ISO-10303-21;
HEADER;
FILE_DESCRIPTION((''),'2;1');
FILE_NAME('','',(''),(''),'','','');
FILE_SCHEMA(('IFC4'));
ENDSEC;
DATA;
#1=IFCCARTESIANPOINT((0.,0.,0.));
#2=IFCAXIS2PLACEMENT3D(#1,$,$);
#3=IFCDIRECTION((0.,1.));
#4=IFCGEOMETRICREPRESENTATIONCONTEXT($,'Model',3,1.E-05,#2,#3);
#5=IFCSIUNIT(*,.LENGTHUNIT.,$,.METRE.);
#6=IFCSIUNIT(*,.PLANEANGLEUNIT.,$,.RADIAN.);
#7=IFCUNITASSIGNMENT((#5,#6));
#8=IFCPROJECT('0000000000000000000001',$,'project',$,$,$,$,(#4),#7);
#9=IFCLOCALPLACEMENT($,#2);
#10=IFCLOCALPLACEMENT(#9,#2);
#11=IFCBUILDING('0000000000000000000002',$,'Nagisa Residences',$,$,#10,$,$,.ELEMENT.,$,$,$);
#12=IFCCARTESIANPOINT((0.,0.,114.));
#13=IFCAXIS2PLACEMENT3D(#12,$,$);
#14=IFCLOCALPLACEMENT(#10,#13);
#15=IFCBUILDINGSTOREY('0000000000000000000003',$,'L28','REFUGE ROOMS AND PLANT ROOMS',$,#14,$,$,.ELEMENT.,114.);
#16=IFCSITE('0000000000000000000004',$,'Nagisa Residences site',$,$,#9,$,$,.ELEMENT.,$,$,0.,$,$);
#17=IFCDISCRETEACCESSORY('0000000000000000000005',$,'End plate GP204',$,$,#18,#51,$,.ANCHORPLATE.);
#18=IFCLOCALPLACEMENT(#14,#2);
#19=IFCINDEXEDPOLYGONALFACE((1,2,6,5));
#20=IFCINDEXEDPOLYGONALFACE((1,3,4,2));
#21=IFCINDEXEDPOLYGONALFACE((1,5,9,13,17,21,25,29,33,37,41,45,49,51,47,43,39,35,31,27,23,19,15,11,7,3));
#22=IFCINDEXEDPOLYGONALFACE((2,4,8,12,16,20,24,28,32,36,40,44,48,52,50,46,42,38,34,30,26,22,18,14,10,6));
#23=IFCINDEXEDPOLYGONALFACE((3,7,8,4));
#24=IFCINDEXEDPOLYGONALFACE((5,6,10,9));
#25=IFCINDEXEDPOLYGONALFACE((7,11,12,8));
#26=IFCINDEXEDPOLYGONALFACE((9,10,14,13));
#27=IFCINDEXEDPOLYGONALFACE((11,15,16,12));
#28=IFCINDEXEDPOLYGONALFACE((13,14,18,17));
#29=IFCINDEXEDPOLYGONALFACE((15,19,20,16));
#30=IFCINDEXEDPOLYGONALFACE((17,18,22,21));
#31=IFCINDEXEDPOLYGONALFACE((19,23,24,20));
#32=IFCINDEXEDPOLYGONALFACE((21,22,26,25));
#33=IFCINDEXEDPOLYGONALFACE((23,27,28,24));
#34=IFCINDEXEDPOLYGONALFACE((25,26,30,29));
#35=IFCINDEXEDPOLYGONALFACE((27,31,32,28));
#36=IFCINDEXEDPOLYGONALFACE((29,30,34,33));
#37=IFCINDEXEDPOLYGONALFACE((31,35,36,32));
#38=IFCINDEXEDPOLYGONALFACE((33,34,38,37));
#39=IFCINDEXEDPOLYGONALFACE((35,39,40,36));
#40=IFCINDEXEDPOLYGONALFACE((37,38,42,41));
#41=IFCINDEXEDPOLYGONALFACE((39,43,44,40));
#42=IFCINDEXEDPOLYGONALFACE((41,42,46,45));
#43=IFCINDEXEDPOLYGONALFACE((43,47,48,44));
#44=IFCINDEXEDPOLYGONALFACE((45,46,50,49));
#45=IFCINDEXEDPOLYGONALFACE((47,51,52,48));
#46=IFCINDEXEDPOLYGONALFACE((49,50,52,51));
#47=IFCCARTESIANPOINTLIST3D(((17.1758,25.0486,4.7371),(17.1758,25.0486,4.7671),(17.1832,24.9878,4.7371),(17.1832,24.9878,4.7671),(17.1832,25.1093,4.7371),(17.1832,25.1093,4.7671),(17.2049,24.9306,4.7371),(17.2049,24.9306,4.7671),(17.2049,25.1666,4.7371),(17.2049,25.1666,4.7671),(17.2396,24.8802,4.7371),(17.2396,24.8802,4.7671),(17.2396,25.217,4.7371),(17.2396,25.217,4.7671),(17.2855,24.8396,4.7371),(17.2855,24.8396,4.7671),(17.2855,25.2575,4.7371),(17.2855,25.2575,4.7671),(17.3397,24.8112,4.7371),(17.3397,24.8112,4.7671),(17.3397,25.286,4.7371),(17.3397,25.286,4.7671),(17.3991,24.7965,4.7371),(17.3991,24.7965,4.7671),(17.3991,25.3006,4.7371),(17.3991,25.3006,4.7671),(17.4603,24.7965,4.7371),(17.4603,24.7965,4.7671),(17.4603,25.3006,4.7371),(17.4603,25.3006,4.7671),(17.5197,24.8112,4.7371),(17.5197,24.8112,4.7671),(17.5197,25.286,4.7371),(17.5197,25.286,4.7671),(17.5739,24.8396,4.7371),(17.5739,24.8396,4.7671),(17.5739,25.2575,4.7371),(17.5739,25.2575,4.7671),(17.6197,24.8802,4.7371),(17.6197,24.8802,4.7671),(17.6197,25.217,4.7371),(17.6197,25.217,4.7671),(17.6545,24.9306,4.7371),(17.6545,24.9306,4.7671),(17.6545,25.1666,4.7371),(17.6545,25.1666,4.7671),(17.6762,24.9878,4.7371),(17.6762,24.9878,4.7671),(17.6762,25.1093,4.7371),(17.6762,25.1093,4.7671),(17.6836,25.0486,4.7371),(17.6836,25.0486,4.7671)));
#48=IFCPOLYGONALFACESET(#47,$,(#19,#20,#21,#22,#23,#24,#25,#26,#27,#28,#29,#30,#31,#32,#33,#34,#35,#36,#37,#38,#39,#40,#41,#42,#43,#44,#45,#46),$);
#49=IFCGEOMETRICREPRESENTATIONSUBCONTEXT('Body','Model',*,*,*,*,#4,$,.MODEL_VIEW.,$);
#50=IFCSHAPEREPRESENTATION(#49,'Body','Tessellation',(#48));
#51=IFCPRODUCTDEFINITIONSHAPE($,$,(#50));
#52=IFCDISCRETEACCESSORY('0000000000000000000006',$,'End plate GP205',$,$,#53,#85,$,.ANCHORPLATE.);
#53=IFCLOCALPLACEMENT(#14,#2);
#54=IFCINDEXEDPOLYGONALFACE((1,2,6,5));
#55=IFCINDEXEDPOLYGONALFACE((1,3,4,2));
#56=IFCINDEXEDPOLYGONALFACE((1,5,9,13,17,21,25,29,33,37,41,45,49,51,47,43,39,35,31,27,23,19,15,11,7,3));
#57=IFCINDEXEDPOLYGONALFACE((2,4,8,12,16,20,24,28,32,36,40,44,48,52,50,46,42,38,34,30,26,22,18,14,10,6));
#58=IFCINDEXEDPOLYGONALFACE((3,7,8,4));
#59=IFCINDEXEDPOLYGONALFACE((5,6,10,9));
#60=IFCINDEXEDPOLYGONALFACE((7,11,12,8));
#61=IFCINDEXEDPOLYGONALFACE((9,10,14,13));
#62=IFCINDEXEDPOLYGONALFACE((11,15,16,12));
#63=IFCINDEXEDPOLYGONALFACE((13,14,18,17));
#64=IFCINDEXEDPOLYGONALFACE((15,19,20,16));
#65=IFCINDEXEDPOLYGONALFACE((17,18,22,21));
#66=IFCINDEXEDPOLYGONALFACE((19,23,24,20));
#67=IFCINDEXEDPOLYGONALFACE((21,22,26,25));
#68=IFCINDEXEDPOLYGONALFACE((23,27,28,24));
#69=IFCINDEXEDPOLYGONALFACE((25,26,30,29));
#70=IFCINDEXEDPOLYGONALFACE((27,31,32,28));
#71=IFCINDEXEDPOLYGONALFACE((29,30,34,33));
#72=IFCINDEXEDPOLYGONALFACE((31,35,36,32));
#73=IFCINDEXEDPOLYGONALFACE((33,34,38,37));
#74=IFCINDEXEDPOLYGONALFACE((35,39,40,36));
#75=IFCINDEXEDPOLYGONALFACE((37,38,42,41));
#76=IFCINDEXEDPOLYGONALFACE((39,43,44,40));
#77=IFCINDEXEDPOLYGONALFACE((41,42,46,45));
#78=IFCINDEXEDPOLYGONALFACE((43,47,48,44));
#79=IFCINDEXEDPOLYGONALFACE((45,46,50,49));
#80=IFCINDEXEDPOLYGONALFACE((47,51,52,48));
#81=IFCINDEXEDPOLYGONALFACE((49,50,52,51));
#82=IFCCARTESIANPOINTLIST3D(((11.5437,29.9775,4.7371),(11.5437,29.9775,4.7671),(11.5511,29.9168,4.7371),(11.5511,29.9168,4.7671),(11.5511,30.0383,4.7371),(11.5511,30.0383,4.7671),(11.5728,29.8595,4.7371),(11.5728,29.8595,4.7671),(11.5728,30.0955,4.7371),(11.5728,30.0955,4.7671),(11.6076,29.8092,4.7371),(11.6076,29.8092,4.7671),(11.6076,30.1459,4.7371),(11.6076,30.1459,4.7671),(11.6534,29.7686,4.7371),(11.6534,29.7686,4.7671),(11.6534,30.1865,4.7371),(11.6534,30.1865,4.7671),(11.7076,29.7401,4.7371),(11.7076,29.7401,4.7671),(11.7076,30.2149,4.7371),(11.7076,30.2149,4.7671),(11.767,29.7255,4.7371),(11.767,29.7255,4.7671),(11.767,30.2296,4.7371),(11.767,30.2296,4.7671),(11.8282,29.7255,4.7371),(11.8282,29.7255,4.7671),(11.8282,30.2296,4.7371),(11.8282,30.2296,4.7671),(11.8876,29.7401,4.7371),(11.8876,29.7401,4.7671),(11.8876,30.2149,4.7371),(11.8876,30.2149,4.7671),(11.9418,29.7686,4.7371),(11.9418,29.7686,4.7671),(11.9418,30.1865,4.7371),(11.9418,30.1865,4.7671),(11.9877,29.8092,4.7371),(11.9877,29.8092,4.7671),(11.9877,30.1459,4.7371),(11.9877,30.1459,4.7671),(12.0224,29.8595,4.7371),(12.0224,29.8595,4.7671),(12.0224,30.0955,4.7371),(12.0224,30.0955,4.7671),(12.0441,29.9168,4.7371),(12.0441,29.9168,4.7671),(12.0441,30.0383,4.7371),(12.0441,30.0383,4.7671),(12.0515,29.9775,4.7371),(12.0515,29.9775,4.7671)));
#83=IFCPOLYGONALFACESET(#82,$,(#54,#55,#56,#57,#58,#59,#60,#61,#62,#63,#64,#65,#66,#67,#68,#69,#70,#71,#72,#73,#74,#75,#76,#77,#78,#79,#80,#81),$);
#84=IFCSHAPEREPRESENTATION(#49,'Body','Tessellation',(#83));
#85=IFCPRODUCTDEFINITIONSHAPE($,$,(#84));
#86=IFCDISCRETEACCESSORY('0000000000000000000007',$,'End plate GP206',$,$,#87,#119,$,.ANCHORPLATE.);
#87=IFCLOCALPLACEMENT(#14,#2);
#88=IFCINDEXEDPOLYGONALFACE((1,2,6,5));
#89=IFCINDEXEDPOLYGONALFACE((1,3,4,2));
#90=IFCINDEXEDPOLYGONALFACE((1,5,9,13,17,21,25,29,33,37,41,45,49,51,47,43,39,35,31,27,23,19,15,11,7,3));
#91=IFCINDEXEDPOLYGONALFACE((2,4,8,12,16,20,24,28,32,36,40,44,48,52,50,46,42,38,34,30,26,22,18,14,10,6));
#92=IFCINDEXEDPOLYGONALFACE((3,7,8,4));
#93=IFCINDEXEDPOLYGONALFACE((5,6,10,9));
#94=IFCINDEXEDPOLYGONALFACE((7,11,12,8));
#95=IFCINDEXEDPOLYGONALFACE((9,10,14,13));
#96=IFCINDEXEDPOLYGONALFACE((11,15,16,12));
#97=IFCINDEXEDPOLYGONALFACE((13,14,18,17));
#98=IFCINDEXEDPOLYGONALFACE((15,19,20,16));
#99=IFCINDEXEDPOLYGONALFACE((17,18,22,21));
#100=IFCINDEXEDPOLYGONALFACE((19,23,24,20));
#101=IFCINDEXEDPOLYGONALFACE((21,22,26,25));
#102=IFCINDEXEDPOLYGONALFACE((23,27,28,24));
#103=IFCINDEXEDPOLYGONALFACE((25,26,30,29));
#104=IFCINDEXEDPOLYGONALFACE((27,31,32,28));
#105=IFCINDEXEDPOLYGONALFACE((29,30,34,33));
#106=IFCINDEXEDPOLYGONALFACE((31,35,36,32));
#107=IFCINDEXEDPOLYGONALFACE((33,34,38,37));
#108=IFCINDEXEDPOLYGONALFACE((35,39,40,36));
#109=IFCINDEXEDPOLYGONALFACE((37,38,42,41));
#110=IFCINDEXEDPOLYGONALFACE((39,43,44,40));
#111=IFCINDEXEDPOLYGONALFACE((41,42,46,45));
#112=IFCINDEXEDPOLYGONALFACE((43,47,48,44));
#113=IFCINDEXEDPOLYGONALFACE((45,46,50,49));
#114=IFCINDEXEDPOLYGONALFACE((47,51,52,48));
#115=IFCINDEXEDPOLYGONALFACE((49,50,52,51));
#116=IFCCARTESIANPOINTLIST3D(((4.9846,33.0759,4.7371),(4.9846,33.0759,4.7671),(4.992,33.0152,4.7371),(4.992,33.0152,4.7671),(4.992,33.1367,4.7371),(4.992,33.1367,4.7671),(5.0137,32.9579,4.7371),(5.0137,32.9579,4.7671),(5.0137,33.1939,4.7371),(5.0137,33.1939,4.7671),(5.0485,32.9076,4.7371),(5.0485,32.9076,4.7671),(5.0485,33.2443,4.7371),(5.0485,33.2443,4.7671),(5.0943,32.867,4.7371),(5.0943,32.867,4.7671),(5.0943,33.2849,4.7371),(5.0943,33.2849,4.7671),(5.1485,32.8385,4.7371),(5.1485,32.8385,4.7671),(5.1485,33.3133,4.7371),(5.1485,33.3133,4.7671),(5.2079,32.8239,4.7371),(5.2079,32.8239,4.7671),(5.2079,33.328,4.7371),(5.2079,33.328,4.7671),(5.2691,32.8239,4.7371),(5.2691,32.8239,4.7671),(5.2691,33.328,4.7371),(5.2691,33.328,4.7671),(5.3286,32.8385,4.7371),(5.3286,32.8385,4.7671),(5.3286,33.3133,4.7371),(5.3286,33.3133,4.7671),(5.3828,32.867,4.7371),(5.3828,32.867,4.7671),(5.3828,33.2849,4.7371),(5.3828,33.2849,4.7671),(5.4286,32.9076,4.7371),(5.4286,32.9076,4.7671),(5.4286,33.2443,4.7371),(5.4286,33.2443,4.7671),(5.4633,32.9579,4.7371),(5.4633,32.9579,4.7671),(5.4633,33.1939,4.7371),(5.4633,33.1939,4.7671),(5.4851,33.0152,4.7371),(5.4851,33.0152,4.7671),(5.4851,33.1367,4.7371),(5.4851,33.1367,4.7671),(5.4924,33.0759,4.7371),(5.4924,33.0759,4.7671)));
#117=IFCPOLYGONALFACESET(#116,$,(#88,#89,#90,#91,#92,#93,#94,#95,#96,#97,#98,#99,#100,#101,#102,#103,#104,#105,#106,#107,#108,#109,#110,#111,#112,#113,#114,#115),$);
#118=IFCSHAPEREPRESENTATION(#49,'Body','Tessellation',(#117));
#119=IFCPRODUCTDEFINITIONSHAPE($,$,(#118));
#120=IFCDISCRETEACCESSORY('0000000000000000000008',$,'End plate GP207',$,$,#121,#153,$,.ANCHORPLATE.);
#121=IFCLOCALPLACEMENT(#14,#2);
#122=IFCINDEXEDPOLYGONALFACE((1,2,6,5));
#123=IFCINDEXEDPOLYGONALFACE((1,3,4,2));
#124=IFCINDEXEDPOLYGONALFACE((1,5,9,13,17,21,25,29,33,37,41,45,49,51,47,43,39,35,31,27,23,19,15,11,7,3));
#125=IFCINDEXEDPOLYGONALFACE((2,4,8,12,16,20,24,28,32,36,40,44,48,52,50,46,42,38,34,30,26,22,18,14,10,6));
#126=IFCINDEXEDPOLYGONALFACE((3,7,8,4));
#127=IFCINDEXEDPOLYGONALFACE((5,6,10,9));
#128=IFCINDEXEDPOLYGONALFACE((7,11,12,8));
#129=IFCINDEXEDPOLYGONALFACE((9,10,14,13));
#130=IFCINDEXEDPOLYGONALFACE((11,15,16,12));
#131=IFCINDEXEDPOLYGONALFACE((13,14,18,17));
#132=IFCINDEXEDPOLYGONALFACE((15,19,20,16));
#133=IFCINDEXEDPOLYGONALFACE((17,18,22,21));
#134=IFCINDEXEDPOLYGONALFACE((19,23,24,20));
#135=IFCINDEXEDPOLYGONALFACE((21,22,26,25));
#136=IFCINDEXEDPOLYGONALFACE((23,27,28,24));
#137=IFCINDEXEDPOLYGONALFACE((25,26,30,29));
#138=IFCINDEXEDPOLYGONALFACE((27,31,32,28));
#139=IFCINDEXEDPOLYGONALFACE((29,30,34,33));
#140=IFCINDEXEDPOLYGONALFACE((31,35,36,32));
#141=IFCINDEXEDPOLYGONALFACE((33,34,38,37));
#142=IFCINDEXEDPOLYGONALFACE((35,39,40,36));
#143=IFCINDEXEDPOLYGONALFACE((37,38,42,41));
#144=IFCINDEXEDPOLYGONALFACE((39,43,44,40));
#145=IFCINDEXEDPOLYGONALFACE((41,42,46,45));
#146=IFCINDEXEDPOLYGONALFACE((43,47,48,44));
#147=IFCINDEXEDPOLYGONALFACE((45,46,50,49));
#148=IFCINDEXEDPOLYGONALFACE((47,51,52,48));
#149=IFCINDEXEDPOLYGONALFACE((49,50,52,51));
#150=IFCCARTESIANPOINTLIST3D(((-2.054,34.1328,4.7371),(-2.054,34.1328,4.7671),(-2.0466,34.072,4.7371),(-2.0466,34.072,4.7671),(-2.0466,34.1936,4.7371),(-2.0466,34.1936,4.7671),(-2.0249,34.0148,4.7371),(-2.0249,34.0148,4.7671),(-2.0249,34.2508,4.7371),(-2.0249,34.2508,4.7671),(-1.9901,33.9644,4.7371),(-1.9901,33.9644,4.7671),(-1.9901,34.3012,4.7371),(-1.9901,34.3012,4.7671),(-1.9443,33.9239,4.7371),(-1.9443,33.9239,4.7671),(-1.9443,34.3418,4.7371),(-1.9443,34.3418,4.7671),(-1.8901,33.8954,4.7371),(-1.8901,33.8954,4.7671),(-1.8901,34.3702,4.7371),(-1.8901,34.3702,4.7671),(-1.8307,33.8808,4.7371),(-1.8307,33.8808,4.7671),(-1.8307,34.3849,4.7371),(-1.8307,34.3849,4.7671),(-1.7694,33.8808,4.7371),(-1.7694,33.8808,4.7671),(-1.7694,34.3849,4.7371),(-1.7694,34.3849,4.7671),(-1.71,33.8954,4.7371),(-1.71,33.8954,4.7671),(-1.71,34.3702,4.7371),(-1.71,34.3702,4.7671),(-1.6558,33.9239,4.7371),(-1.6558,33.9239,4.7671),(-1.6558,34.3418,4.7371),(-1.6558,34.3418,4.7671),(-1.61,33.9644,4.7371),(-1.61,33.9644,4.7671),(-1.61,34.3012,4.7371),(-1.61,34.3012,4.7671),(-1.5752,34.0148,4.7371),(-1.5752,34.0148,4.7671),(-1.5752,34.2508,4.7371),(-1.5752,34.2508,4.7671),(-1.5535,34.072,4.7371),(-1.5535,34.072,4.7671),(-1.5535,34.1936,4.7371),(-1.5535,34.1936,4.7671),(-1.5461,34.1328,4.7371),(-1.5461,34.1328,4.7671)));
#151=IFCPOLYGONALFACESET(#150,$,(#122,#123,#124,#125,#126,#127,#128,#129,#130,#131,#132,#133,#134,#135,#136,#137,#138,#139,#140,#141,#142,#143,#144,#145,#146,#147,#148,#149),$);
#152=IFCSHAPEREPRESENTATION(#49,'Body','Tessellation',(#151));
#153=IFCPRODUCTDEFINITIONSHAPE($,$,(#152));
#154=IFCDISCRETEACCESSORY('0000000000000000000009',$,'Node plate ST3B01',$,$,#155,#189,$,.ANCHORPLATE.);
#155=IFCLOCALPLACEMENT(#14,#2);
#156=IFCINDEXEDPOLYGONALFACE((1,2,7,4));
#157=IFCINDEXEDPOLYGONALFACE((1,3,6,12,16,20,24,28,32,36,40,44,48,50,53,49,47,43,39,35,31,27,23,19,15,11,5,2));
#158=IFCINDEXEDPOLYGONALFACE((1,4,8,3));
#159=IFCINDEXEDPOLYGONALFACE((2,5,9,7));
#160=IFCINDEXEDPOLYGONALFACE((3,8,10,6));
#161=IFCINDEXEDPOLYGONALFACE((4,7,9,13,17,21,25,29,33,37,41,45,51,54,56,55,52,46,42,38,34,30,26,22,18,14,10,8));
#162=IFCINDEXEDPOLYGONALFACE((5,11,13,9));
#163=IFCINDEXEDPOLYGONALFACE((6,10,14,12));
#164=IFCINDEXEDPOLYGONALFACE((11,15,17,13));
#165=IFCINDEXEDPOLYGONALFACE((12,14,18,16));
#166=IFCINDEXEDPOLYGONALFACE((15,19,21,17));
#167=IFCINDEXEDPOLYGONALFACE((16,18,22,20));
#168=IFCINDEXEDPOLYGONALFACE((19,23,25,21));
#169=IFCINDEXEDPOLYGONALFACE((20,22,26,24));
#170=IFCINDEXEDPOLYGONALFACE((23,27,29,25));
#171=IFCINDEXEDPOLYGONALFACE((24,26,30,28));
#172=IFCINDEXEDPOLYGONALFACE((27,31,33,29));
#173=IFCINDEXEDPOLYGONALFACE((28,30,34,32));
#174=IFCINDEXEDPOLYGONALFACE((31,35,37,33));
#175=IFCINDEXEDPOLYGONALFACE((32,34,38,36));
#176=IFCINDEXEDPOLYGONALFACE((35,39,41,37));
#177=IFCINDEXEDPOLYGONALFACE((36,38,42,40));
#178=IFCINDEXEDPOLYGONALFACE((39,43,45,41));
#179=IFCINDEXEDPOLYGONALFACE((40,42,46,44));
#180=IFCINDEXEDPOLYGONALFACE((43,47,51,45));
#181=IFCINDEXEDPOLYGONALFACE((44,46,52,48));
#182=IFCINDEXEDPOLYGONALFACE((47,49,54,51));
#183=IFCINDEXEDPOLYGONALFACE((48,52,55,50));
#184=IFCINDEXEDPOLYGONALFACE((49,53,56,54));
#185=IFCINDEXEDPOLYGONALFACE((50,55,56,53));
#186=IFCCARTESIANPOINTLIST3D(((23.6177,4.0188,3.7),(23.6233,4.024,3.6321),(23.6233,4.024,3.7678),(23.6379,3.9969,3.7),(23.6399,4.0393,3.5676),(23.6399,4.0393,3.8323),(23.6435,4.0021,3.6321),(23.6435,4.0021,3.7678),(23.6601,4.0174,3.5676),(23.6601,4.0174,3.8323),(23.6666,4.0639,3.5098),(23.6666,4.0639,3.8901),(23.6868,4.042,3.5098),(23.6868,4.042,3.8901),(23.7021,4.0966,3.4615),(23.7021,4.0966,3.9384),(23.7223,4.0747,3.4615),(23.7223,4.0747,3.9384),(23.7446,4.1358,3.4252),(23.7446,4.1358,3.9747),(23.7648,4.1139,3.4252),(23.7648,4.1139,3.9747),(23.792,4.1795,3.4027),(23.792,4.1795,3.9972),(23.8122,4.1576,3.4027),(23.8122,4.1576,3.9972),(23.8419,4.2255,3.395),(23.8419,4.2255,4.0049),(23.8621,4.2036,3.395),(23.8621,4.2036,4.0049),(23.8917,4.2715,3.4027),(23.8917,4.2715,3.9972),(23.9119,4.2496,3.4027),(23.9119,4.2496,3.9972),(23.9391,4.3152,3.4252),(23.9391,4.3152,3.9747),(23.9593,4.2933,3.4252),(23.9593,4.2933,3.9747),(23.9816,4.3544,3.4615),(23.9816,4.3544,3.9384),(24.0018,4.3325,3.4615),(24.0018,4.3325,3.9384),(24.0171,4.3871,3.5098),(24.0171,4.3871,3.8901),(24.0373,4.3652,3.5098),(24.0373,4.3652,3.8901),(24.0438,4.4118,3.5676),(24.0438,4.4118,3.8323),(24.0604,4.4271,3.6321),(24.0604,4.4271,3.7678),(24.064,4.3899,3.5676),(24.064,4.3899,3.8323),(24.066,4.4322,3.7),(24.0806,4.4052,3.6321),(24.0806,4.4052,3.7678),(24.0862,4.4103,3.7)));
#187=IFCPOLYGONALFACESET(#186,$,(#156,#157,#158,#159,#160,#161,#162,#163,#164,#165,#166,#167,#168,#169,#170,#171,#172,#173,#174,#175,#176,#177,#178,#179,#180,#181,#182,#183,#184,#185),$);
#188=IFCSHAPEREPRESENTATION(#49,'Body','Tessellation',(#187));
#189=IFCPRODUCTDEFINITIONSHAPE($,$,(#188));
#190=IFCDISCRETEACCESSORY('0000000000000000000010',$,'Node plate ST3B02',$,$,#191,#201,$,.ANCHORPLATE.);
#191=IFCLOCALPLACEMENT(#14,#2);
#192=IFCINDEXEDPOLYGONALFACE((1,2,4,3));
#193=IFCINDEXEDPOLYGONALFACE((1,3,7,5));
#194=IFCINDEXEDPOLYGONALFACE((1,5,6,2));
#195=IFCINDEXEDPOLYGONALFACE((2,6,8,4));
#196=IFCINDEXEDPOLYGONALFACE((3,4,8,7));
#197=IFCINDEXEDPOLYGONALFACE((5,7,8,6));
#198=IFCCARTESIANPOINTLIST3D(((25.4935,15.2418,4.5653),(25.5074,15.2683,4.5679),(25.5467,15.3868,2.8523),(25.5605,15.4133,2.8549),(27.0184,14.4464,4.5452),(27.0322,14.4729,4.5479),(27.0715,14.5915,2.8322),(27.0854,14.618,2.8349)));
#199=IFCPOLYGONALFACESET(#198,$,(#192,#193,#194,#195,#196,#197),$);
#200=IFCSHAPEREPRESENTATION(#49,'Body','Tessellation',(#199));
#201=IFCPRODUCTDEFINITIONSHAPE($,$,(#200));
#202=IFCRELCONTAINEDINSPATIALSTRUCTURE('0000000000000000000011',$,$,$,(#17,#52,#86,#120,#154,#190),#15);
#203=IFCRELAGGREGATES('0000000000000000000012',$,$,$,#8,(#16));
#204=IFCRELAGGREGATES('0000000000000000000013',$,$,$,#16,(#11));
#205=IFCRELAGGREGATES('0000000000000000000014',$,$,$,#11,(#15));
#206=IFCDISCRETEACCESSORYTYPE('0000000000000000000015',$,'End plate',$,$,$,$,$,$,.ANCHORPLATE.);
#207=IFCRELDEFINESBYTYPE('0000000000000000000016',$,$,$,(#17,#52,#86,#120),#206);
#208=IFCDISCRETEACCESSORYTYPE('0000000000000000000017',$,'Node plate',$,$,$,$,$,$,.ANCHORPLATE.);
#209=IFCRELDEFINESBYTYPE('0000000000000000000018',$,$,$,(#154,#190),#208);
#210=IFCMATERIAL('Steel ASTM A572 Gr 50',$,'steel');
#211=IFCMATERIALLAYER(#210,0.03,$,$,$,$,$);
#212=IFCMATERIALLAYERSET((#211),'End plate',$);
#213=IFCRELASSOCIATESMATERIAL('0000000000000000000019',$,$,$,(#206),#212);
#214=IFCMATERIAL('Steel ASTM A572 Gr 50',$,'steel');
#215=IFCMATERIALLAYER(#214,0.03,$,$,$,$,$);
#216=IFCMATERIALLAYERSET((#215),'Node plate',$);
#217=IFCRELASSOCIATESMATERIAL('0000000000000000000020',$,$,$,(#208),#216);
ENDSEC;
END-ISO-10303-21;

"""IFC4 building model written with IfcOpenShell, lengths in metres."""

from ifc_helpers import new_model, si_unit, direction, frame, origin, origin_2d, place, context, subcontext, project, spatial, rectangle, circle, extrude, material, layer, layer_set, type_object, element, save


model = new_model("IFC4")

# Units and contexts
model_context = context("Model", 3, precision=1e-05, world=origin(), true_north=direction((0.0, 1.0)))
body_context = subcontext(model_context, "Body", "Model", "MODEL_VIEW")
ifc_project = project(units=[si_unit("LENGTHUNIT", "METRE"), si_unit("PLANEANGLEUNIT", "RADIAN")], contexts=[model_context])

# Site, building, storey
site_placement = place(None, origin())
site = spatial("IfcSite", under=ifc_project, at=site_placement, Name="Nagisa Residences site", CompositionType="ELEMENT", RefElevation=0.0)
building_placement = place(site_placement, origin())
building = spatial("IfcBuilding", under=site, at=building_placement, Name="Nagisa Residences", CompositionType="ELEMENT")
storey_placement = place(building_placement, frame((0.0, 0.0, 114.0)))
storey = spatial("IfcBuildingStorey", under=building, at=storey_placement, Name="L28", Description="REFUGE ROOMS AND PLANT ROOMS", CompositionType="ELEMENT", Elevation=114.0)

# Discrete accessories
ifc_material_1 = material(Name="Steel ASTM A572 Gr 50", Category="steel")
ifc_layer_1 = layer(ifc_material_1, 0.03)
ifc_layer_set_1 = layer_set([ifc_layer_1], Name="End plate")
discrete_accessory_type_1 = type_object("IfcDiscreteAccessoryType", Name="End plate", PredefinedType="ANCHORPLATE", material=ifc_layer_set_1)
for number, where, z_axis, x_axis, name in (
    (1, (17.4297, 25.0486, 4.7371), (0.0, 0.0, 1.0), (1.0, 0.0, 0.0), "End plate GP204"),
    (2, (11.7976, 29.9775, 4.7371), (0.0, 0.0, 1.0), (1.0, 0.0, 0.0), "End plate GP205"),
    (3, (5.2385, 33.0759, 4.7371), (0.0, 0.0, 1.0), (1.0, 0.0, 0.0), "End plate GP206"),
    (4, (-1.8, 34.1328, 4.7371), (0.0, 0.0, 1.0), (1.0, 0.0, 0.0), "End plate GP207"),
):
    element("IfcDiscreteAccessory", number, at=place(storey_placement, frame(where, z_axis=z_axis, x_axis=x_axis)), inside=storey, type_object=discrete_accessory_type_1, Name=name, PredefinedType="ANCHORPLATE", context=body_context, shape_type="SweptSolid", body=[
        extrude(circle(Radius=0.2539, at=origin_2d()), origin(), (0.0, 0.0, 1.0), 0.03),
    ])
ifc_material_2 = material(Name="Steel ASTM A572 Gr 50", Category="steel")
ifc_layer_2 = layer(ifc_material_2, 0.03)
ifc_layer_set_2 = layer_set([ifc_layer_2], Name="Node plate")
discrete_accessory_type_2 = type_object("IfcDiscreteAccessoryType", Name="Node plate", PredefinedType="ANCHORPLATE", material=ifc_layer_set_2)
discrete_accessory_1_placement = place(storey_placement, frame((23.8621, 4.2036, 3.7), z_axis=(-0.677941, 0.735117, 0.0), x_axis=(-0.735117, -0.677941, 0.0)))
element("IfcDiscreteAccessory", 5, at=discrete_accessory_1_placement, inside=storey, type_object=discrete_accessory_type_2, Name="Node plate ST3B01", PredefinedType="ANCHORPLATE", context=body_context, shape_type="SweptSolid", body=[
    extrude(circle(Radius=0.3049, at=origin_2d()), origin(), (0.0, 0.0, 1.0), 0.0298),
])
discrete_accessory_2_placement = place(storey_placement, frame((26.2964, 14.9431, 3.7014), z_axis=(-0.461557, -0.882627, -0.089072), x_axis=(-0.886572, 0.462444, 0.011652)))
element("IfcDiscreteAccessory", 6, at=discrete_accessory_2_placement, inside=storey, type_object=discrete_accessory_type_2, Name="Node plate ST3B02", PredefinedType="ANCHORPLATE", context=body_context, shape_type="SweptSolid", body=[
    extrude(rectangle(XDim=1.72, YDim=1.72, at=origin_2d()), origin(), (0.0, 0.0, 1.0), 0.03),
])

save(model, "model.ifc")
